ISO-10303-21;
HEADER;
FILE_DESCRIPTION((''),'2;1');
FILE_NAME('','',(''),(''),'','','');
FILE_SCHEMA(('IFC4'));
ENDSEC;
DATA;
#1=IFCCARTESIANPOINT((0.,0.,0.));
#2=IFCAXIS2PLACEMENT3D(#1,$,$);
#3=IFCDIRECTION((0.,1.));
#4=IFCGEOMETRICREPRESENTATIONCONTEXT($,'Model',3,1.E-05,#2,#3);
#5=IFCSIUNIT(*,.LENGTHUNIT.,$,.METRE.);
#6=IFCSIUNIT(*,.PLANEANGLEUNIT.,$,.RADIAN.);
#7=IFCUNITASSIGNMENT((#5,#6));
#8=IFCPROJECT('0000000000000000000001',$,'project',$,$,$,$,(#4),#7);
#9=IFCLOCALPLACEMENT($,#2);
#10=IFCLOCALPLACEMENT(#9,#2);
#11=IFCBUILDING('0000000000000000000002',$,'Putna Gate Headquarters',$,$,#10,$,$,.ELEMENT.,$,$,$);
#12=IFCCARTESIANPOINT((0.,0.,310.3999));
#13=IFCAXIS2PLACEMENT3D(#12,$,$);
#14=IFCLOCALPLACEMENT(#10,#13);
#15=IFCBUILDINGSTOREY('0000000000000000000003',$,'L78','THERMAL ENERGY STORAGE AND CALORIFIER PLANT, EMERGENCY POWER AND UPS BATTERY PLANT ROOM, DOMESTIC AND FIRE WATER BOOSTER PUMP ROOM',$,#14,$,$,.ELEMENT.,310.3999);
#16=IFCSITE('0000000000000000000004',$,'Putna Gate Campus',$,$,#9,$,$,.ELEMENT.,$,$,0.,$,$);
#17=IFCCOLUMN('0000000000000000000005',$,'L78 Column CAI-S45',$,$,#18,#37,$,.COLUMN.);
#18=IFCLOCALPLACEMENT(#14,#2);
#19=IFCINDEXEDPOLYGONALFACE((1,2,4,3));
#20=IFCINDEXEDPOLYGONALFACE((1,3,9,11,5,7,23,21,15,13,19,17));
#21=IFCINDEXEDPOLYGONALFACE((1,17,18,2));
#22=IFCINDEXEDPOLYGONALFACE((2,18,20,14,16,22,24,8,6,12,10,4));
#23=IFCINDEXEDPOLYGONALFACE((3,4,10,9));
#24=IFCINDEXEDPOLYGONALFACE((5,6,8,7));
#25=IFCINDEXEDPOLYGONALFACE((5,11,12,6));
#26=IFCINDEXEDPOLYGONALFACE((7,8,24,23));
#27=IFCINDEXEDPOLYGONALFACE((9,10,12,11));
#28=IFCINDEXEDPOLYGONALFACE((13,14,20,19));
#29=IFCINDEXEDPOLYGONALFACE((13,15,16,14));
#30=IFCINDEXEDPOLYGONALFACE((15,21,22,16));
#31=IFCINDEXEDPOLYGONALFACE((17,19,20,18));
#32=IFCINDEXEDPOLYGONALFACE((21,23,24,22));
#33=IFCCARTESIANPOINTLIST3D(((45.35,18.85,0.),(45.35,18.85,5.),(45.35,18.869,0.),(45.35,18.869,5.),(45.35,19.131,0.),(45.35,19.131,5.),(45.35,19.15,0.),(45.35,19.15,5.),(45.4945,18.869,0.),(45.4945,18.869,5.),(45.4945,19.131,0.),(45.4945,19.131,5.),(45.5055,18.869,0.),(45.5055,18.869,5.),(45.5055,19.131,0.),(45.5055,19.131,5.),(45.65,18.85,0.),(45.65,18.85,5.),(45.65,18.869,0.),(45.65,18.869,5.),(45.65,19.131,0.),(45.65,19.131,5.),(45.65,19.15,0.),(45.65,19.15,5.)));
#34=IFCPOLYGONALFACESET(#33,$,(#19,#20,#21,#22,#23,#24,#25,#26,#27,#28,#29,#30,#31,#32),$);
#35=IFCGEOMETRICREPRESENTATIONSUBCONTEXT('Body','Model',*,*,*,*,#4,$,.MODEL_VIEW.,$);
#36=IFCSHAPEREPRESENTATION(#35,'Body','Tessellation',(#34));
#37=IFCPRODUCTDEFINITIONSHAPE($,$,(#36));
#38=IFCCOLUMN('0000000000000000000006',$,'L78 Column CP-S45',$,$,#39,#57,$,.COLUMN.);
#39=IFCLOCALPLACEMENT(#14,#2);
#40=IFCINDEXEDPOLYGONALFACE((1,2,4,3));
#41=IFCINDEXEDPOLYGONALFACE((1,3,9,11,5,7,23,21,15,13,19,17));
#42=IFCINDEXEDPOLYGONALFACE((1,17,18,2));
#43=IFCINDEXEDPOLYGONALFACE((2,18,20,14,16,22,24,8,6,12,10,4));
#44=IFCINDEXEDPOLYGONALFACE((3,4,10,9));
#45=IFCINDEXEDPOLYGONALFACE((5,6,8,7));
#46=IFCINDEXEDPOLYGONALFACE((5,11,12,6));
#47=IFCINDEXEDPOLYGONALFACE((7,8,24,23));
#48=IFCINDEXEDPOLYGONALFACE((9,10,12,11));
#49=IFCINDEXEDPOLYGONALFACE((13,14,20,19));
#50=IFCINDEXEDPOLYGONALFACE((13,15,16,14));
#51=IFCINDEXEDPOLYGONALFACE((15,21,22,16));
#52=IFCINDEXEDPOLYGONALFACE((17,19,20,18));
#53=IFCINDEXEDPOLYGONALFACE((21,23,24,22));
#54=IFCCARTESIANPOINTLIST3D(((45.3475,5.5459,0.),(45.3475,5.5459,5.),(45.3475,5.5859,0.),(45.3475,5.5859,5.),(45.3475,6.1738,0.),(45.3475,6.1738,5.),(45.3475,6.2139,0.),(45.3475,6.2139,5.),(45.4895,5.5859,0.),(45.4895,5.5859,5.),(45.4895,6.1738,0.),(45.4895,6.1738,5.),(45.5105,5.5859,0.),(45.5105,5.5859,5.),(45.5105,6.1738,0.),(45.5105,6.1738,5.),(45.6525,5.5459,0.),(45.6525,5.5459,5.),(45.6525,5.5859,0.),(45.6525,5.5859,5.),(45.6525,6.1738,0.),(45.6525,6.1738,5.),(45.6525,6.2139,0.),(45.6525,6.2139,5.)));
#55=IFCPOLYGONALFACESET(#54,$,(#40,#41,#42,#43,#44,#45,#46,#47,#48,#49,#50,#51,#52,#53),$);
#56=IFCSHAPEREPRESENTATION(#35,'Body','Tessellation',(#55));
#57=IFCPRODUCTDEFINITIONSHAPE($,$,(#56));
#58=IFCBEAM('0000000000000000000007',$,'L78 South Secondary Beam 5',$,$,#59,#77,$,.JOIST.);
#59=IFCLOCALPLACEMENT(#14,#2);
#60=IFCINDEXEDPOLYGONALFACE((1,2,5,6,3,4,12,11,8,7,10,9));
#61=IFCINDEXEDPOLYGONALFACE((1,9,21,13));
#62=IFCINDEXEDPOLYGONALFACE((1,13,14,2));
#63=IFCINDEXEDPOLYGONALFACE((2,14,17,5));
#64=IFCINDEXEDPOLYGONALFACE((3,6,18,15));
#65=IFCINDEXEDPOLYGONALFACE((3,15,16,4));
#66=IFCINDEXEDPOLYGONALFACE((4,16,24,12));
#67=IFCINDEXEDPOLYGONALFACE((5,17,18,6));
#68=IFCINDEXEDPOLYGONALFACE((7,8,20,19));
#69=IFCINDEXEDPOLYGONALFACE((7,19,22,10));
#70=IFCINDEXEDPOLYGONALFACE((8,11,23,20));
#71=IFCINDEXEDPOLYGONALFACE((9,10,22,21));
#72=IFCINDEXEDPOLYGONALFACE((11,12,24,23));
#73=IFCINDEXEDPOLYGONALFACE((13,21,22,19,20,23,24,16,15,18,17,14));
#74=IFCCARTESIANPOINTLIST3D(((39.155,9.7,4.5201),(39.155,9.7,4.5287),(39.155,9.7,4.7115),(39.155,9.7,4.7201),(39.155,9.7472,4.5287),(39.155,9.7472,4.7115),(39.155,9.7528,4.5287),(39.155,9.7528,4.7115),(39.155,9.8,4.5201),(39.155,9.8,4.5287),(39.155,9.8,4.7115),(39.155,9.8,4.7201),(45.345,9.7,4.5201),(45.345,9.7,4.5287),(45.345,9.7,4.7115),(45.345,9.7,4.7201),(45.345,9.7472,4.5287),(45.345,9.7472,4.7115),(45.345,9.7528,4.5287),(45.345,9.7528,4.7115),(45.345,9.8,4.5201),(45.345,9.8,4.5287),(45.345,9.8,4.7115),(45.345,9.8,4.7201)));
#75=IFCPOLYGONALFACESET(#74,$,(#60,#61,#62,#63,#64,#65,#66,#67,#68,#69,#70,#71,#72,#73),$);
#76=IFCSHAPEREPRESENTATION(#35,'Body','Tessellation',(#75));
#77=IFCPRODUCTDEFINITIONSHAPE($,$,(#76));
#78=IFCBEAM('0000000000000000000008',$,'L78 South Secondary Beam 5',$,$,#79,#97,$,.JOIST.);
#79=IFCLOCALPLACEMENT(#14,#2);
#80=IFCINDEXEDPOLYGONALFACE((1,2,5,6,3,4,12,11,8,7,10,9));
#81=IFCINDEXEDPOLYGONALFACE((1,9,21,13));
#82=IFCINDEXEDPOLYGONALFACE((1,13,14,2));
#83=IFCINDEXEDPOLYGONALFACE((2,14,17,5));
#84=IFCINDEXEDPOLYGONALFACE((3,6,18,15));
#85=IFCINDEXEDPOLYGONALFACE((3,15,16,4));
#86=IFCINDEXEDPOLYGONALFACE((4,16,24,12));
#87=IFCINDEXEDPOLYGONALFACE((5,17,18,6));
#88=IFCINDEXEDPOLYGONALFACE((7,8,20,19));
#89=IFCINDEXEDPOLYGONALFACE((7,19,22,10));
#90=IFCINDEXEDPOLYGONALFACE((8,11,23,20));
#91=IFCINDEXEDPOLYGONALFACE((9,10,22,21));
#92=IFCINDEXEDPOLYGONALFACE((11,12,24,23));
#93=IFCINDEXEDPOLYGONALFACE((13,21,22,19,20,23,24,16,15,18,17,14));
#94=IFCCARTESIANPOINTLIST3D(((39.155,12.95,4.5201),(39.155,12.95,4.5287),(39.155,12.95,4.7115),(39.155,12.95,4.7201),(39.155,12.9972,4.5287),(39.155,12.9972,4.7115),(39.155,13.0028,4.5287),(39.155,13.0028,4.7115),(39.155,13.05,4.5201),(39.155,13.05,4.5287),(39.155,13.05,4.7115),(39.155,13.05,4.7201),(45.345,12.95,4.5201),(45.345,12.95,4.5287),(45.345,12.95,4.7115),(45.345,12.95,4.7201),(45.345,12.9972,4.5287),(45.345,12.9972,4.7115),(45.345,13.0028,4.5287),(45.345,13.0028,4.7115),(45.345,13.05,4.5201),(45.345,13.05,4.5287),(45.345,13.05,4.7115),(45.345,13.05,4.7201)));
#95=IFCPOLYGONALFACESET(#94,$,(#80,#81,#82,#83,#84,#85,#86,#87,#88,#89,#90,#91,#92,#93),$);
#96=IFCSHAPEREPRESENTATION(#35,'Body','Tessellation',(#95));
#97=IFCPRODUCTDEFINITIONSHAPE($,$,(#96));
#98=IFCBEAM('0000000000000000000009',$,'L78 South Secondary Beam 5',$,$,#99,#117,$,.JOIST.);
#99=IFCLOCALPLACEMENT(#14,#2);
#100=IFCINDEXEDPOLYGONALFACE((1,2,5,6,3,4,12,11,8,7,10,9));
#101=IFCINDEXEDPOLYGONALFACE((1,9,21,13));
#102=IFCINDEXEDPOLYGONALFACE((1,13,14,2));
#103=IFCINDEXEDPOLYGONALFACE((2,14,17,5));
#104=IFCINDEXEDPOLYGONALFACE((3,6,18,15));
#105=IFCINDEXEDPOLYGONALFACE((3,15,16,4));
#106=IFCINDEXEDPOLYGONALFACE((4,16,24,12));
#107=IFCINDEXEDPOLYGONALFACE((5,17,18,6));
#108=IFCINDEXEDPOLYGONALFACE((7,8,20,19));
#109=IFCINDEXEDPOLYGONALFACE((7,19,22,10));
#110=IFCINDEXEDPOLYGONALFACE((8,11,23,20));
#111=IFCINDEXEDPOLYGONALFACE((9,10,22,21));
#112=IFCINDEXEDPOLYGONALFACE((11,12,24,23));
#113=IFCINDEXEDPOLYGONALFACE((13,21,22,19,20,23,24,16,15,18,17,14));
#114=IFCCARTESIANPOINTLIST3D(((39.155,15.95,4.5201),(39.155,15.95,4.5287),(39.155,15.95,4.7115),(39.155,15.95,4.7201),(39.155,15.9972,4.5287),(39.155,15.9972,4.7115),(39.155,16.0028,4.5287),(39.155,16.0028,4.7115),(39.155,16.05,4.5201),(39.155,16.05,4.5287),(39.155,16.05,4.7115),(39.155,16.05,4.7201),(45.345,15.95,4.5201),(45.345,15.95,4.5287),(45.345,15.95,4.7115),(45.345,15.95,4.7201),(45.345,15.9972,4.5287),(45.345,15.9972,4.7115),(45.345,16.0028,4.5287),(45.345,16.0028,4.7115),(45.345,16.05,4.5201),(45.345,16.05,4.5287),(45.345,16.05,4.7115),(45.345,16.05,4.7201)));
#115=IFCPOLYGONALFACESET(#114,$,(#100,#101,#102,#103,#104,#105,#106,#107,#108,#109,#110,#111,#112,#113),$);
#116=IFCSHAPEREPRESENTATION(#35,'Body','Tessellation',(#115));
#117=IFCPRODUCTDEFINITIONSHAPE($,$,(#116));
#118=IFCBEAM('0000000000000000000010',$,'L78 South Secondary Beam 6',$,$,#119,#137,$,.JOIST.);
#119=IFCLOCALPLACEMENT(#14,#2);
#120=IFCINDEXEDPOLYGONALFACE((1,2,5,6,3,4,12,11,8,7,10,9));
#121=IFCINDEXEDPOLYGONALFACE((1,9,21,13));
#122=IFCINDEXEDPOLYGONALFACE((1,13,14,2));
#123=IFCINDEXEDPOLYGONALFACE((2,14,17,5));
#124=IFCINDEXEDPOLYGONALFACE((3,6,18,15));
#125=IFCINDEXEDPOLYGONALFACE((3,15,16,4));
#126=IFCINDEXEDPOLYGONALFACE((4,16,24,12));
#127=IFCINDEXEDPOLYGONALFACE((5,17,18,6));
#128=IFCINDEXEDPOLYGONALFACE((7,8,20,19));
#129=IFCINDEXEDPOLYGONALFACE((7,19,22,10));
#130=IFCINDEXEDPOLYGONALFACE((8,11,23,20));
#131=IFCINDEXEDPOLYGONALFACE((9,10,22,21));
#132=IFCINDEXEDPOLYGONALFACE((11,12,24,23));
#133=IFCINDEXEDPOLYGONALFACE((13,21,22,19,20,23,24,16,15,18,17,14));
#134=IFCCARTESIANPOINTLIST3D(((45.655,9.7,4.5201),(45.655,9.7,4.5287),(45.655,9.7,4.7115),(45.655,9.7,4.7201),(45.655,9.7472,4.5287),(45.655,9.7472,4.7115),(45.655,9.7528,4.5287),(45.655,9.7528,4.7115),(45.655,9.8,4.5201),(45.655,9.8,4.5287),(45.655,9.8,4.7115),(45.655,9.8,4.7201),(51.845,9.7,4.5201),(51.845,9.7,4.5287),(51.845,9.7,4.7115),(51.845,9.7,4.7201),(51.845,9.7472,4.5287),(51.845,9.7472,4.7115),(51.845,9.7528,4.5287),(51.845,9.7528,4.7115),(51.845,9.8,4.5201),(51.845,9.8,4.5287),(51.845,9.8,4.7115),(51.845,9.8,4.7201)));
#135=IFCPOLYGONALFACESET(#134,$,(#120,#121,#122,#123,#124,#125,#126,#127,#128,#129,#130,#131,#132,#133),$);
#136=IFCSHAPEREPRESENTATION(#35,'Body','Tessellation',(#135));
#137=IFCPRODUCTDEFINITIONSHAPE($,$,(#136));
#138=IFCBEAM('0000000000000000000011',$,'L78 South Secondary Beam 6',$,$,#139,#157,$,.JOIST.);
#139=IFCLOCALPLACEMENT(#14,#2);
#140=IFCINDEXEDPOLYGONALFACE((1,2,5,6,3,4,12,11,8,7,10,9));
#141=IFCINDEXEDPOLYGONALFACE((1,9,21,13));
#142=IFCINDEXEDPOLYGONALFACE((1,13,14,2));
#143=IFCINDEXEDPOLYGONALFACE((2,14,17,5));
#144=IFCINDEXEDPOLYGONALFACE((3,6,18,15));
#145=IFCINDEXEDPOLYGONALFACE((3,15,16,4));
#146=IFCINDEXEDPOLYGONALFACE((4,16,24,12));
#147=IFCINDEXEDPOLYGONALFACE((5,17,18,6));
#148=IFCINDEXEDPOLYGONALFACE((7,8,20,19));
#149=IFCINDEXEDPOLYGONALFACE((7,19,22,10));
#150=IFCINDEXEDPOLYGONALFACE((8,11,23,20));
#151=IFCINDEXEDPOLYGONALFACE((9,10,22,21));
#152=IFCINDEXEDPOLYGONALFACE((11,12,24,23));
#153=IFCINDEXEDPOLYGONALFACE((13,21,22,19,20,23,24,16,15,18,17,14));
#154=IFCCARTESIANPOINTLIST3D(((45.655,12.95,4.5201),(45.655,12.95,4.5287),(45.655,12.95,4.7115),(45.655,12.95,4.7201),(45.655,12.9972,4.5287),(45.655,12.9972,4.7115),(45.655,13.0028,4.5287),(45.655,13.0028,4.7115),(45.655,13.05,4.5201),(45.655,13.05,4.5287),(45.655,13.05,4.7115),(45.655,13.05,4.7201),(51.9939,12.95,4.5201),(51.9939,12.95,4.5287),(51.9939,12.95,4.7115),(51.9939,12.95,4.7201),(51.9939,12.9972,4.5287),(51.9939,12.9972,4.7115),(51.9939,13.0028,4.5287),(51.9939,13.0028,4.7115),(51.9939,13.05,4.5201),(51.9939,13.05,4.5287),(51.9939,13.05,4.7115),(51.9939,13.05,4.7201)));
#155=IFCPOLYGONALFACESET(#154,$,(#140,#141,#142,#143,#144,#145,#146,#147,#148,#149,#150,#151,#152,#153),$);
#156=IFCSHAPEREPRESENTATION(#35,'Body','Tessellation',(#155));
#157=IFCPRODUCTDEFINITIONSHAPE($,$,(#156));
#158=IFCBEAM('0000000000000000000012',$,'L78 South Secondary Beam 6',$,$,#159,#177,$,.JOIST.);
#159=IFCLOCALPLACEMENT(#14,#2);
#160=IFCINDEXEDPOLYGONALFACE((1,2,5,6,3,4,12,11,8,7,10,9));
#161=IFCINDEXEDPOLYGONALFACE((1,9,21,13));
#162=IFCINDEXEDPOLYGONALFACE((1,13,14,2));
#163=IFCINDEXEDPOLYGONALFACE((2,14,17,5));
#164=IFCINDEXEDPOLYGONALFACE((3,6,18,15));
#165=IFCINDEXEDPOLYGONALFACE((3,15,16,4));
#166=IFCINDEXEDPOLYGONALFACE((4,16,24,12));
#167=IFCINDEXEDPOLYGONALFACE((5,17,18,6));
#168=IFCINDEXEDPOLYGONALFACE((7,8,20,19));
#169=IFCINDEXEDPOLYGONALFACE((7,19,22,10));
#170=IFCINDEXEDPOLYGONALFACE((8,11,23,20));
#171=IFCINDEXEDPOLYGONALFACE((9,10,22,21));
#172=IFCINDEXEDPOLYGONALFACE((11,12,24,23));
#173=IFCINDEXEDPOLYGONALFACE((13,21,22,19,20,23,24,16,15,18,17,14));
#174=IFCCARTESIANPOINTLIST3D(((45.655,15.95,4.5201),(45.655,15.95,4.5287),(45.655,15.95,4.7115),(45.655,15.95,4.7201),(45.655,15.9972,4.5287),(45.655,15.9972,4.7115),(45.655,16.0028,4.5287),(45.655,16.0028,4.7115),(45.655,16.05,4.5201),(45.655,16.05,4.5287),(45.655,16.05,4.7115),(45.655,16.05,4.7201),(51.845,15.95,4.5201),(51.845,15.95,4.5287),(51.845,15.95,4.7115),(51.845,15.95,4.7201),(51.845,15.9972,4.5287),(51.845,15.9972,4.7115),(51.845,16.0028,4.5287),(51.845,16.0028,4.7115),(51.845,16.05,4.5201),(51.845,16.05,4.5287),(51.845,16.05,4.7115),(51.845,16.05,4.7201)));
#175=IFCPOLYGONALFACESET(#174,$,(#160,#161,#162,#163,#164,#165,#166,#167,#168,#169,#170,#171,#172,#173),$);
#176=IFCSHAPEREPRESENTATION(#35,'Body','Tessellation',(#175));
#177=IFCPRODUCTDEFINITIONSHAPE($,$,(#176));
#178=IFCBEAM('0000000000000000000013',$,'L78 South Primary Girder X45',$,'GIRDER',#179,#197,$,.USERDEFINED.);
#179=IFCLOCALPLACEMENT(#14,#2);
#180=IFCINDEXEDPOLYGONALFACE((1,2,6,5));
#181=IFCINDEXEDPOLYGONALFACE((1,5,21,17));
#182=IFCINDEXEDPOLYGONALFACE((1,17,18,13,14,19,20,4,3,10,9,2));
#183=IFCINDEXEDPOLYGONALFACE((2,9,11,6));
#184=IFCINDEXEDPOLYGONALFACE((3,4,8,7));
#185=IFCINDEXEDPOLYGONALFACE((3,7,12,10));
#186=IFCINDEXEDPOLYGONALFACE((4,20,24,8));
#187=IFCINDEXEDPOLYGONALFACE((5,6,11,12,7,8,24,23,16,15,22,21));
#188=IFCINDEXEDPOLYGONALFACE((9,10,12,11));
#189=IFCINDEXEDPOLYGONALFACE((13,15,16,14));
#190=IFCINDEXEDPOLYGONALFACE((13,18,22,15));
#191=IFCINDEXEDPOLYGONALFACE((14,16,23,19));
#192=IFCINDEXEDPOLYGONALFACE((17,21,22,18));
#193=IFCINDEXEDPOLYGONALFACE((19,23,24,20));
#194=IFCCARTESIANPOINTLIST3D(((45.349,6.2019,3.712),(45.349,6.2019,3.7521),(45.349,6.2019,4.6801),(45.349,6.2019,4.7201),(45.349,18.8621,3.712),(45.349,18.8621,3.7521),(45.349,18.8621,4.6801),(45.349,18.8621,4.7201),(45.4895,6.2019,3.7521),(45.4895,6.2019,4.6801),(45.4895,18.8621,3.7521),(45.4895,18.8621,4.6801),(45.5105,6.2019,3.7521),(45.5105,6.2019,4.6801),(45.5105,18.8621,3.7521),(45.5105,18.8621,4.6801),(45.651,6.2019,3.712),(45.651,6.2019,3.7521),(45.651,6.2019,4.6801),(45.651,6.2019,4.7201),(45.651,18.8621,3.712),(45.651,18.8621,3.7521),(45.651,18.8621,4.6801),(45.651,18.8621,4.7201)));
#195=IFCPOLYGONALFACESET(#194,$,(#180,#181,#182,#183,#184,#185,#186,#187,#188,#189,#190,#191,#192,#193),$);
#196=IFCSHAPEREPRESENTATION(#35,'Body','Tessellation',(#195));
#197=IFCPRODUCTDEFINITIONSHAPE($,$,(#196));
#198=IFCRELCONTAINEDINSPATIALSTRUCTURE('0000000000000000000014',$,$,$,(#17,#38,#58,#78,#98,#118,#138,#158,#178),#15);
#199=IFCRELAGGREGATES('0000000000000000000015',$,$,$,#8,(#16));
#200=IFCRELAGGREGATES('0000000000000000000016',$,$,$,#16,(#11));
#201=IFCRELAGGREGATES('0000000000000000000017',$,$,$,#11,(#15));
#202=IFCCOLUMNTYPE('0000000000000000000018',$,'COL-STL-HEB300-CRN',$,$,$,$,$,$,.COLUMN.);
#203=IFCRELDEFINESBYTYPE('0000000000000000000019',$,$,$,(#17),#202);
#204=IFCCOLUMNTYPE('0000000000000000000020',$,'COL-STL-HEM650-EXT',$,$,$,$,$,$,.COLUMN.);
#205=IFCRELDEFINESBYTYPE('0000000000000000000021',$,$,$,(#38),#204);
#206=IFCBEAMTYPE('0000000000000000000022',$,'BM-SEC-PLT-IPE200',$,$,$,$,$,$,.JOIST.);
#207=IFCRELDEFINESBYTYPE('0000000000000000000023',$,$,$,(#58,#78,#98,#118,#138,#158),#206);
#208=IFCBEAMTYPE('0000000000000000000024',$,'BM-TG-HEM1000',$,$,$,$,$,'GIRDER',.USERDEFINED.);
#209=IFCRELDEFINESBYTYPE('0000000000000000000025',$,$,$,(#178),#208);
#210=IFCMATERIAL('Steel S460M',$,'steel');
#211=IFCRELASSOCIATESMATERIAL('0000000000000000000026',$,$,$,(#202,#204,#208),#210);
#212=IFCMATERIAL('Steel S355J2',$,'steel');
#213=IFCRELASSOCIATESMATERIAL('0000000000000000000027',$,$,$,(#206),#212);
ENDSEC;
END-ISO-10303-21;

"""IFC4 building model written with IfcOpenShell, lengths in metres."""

from ifc_helpers import new_model, si_unit, direction, frame, origin, origin_2d, place, context, subcontext, project, spatial, i_section, extrude, material, material_profile, profile_set, type_object, element, save


model = new_model("IFC4")

# Units and contexts
model_context = context("Model", 3, precision=1e-05, world=origin(), true_north=direction((0.0, 1.0)))
body_context = subcontext(model_context, "Body", "Model", "MODEL_VIEW")
ifc_project = project(units=[si_unit("LENGTHUNIT", "METRE"), si_unit("PLANEANGLEUNIT", "RADIAN")], contexts=[model_context])

# Site, building, storey
site_placement = place(None, origin())
site = spatial("IfcSite", under=ifc_project, at=site_placement, Name="Putna Gate Campus", CompositionType="ELEMENT", RefElevation=0.0)
building_placement = place(site_placement, origin())
building = spatial("IfcBuilding", under=site, at=building_placement, Name="Putna Gate Headquarters", CompositionType="ELEMENT")
storey_placement = place(building_placement, frame((0.0, 0.0, 310.3999)))
storey = spatial("IfcBuildingStorey", under=building, at=storey_placement, Name="L78", Description="THERMAL ENERGY STORAGE AND CALORIFIER PLANT, EMERGENCY POWER AND UPS BATTERY PLANT ROOM, DOMESTIC AND FIRE WATER BOOSTER PUMP ROOM", CompositionType="ELEMENT", Elevation=310.3999)

# Columns
ifc_material_1 = material(Name="Steel S460M", Category="steel")
ifc_material_profile_1 = material_profile(ifc_material_1, i_section(OverallWidth=0.3, OverallDepth=0.3, WebThickness=0.011, FlangeThickness=0.019, at=origin_2d()), Name="Steel S460M")
ifc_profile_set_1 = profile_set([ifc_material_profile_1], Name="Steel S460M")
column_type_1 = type_object("IfcColumnType", Name="COL-STL-HEB300-CRN", PredefinedType="COLUMN", material=ifc_profile_set_1)
column_1_placement = place(storey_placement, frame((45.5, 19.0, 0.0), z_axis=(0.0, 0.0, 1.0), x_axis=(1.0, 0.0, 0.0)))
element("IfcColumn", 1, at=column_1_placement, inside=storey, type_object=column_type_1, Name="L78 Column CAI-S45", PredefinedType="COLUMN", context=body_context, shape_type="SweptSolid", body=[
    extrude(i_section(OverallWidth=0.3, OverallDepth=0.3, WebThickness=0.011, FlangeThickness=0.019, at=origin_2d()), origin(), (0.0, 0.0, 1.0), 5.0),
])
ifc_material_profile_2 = material_profile(ifc_material_1, i_section(OverallWidth=0.3049, OverallDepth=0.668, WebThickness=0.021, FlangeThickness=0.04, at=origin_2d()), Name="Steel S460M")
ifc_profile_set_2 = profile_set([ifc_material_profile_2], Name="Steel S460M")
column_type_2 = type_object("IfcColumnType", Name="COL-STL-HEM650-EXT", PredefinedType="COLUMN", material=ifc_profile_set_2)
column_2_placement = place(storey_placement, frame((45.5, 5.8799, 0.0), z_axis=(0.0, 0.0, 1.0), x_axis=(1.0, 0.0, 0.0)))
element("IfcColumn", 2, at=column_2_placement, inside=storey, type_object=column_type_2, Name="L78 Column CP-S45", PredefinedType="COLUMN", context=body_context, shape_type="SweptSolid", body=[
    extrude(i_section(OverallWidth=0.3049, OverallDepth=0.668, WebThickness=0.021, FlangeThickness=0.04, at=origin_2d()), origin(), (0.0, 0.0, 1.0), 5.0),
])

# Beams
ifc_material_2 = material(Name="Steel S355J2", Category="steel")
ifc_material_profile_3 = material_profile(ifc_material_2, i_section(OverallWidth=0.1001, OverallDepth=0.2, WebThickness=0.0056, FlangeThickness=0.0085, at=origin_2d()), Name="Steel S355J2")
ifc_profile_set_3 = profile_set([ifc_material_profile_3], Name="Steel S355J2")
beam_type_1 = type_object("IfcBeamType", Name="BM-SEC-PLT-IPE200", PredefinedType="JOIST", material=ifc_profile_set_3)
for number, where, z_axis, x_axis, name in (
    (3, (39.155, 9.75, 4.6201), (1.0, 0.0, 0.0), (0.0, 1.0, 0.0), "L78 South Secondary Beam 5"),
    (4, (39.155, 13.0, 4.6201), (1.0, 0.0, 0.0), (0.0, 1.0, 0.0), "L78 South Secondary Beam 5"),
    (5, (39.155, 16.0, 4.6201), (1.0, 0.0, 0.0), (0.0, 1.0, 0.0), "L78 South Secondary Beam 5"),
    (6, (45.655, 9.75, 4.6201), (1.0, 0.0, 0.0), (0.0, 1.0, 0.0), "L78 South Secondary Beam 6"),
):
    element("IfcBeam", number, at=place(storey_placement, frame(where, z_axis=z_axis, x_axis=x_axis)), inside=storey, type_object=beam_type_1, Name=name, PredefinedType="JOIST", context=body_context, shape_type="SweptSolid", body=[
        extrude(i_section(OverallWidth=0.1001, OverallDepth=0.2, WebThickness=0.0056, FlangeThickness=0.0085, at=origin_2d()), origin(), (0.0, 0.0, 1.0), 6.1899),
    ])
beam_1_placement = place(storey_placement, frame((45.655, 13.0, 4.6201), z_axis=(1.0, 0.0, 0.0), x_axis=(0.0, 1.0, 0.0)))
element("IfcBeam", 7, at=beam_1_placement, inside=storey, type_object=beam_type_1, Name="L78 South Secondary Beam 6", PredefinedType="JOIST", context=body_context, shape_type="SweptSolid", body=[
    extrude(i_section(OverallWidth=0.1001, OverallDepth=0.2, WebThickness=0.0056, FlangeThickness=0.0085, at=origin_2d()), origin(), (0.0, 0.0, 1.0), 6.3389),
])
beam_2_placement = place(storey_placement, frame((45.655, 16.0, 4.6201), z_axis=(1.0, 0.0, 0.0), x_axis=(0.0, 1.0, 0.0)))
element("IfcBeam", 8, at=beam_2_placement, inside=storey, type_object=beam_type_1, Name="L78 South Secondary Beam 6", PredefinedType="JOIST", context=body_context, shape_type="SweptSolid", body=[
    extrude(i_section(OverallWidth=0.1001, OverallDepth=0.2, WebThickness=0.0056, FlangeThickness=0.0085, at=origin_2d()), origin(), (0.0, 0.0, 1.0), 6.1899),
])
ifc_material_profile_4 = material_profile(ifc_material_1, i_section(OverallWidth=0.302, OverallDepth=1.0081, WebThickness=0.021, FlangeThickness=0.04, at=origin_2d()), Name="Steel S460M")
ifc_profile_set_4 = profile_set([ifc_material_profile_4], Name="Steel S460M")
beam_type_2 = type_object("IfcBeamType", Name="BM-TG-HEM1000", ElementType="GIRDER", PredefinedType="USERDEFINED", material=ifc_profile_set_4)
beam_3_placement = place(storey_placement, frame((45.5, 6.2019, 4.2161), z_axis=(0.0, 1.0, 0.0), x_axis=(-1.0, 0.0, 0.0)))
element("IfcBeam", 9, at=beam_3_placement, inside=storey, type_object=beam_type_2, Name="L78 South Primary Girder X45", ObjectType="GIRDER", PredefinedType="USERDEFINED", context=body_context, shape_type="SweptSolid", body=[
    extrude(i_section(OverallWidth=0.302, OverallDepth=1.0081, WebThickness=0.021, FlangeThickness=0.04, at=origin_2d()), origin(), (0.0, 0.0, 1.0), 12.6602),
])

save(model, "model.ifc")
